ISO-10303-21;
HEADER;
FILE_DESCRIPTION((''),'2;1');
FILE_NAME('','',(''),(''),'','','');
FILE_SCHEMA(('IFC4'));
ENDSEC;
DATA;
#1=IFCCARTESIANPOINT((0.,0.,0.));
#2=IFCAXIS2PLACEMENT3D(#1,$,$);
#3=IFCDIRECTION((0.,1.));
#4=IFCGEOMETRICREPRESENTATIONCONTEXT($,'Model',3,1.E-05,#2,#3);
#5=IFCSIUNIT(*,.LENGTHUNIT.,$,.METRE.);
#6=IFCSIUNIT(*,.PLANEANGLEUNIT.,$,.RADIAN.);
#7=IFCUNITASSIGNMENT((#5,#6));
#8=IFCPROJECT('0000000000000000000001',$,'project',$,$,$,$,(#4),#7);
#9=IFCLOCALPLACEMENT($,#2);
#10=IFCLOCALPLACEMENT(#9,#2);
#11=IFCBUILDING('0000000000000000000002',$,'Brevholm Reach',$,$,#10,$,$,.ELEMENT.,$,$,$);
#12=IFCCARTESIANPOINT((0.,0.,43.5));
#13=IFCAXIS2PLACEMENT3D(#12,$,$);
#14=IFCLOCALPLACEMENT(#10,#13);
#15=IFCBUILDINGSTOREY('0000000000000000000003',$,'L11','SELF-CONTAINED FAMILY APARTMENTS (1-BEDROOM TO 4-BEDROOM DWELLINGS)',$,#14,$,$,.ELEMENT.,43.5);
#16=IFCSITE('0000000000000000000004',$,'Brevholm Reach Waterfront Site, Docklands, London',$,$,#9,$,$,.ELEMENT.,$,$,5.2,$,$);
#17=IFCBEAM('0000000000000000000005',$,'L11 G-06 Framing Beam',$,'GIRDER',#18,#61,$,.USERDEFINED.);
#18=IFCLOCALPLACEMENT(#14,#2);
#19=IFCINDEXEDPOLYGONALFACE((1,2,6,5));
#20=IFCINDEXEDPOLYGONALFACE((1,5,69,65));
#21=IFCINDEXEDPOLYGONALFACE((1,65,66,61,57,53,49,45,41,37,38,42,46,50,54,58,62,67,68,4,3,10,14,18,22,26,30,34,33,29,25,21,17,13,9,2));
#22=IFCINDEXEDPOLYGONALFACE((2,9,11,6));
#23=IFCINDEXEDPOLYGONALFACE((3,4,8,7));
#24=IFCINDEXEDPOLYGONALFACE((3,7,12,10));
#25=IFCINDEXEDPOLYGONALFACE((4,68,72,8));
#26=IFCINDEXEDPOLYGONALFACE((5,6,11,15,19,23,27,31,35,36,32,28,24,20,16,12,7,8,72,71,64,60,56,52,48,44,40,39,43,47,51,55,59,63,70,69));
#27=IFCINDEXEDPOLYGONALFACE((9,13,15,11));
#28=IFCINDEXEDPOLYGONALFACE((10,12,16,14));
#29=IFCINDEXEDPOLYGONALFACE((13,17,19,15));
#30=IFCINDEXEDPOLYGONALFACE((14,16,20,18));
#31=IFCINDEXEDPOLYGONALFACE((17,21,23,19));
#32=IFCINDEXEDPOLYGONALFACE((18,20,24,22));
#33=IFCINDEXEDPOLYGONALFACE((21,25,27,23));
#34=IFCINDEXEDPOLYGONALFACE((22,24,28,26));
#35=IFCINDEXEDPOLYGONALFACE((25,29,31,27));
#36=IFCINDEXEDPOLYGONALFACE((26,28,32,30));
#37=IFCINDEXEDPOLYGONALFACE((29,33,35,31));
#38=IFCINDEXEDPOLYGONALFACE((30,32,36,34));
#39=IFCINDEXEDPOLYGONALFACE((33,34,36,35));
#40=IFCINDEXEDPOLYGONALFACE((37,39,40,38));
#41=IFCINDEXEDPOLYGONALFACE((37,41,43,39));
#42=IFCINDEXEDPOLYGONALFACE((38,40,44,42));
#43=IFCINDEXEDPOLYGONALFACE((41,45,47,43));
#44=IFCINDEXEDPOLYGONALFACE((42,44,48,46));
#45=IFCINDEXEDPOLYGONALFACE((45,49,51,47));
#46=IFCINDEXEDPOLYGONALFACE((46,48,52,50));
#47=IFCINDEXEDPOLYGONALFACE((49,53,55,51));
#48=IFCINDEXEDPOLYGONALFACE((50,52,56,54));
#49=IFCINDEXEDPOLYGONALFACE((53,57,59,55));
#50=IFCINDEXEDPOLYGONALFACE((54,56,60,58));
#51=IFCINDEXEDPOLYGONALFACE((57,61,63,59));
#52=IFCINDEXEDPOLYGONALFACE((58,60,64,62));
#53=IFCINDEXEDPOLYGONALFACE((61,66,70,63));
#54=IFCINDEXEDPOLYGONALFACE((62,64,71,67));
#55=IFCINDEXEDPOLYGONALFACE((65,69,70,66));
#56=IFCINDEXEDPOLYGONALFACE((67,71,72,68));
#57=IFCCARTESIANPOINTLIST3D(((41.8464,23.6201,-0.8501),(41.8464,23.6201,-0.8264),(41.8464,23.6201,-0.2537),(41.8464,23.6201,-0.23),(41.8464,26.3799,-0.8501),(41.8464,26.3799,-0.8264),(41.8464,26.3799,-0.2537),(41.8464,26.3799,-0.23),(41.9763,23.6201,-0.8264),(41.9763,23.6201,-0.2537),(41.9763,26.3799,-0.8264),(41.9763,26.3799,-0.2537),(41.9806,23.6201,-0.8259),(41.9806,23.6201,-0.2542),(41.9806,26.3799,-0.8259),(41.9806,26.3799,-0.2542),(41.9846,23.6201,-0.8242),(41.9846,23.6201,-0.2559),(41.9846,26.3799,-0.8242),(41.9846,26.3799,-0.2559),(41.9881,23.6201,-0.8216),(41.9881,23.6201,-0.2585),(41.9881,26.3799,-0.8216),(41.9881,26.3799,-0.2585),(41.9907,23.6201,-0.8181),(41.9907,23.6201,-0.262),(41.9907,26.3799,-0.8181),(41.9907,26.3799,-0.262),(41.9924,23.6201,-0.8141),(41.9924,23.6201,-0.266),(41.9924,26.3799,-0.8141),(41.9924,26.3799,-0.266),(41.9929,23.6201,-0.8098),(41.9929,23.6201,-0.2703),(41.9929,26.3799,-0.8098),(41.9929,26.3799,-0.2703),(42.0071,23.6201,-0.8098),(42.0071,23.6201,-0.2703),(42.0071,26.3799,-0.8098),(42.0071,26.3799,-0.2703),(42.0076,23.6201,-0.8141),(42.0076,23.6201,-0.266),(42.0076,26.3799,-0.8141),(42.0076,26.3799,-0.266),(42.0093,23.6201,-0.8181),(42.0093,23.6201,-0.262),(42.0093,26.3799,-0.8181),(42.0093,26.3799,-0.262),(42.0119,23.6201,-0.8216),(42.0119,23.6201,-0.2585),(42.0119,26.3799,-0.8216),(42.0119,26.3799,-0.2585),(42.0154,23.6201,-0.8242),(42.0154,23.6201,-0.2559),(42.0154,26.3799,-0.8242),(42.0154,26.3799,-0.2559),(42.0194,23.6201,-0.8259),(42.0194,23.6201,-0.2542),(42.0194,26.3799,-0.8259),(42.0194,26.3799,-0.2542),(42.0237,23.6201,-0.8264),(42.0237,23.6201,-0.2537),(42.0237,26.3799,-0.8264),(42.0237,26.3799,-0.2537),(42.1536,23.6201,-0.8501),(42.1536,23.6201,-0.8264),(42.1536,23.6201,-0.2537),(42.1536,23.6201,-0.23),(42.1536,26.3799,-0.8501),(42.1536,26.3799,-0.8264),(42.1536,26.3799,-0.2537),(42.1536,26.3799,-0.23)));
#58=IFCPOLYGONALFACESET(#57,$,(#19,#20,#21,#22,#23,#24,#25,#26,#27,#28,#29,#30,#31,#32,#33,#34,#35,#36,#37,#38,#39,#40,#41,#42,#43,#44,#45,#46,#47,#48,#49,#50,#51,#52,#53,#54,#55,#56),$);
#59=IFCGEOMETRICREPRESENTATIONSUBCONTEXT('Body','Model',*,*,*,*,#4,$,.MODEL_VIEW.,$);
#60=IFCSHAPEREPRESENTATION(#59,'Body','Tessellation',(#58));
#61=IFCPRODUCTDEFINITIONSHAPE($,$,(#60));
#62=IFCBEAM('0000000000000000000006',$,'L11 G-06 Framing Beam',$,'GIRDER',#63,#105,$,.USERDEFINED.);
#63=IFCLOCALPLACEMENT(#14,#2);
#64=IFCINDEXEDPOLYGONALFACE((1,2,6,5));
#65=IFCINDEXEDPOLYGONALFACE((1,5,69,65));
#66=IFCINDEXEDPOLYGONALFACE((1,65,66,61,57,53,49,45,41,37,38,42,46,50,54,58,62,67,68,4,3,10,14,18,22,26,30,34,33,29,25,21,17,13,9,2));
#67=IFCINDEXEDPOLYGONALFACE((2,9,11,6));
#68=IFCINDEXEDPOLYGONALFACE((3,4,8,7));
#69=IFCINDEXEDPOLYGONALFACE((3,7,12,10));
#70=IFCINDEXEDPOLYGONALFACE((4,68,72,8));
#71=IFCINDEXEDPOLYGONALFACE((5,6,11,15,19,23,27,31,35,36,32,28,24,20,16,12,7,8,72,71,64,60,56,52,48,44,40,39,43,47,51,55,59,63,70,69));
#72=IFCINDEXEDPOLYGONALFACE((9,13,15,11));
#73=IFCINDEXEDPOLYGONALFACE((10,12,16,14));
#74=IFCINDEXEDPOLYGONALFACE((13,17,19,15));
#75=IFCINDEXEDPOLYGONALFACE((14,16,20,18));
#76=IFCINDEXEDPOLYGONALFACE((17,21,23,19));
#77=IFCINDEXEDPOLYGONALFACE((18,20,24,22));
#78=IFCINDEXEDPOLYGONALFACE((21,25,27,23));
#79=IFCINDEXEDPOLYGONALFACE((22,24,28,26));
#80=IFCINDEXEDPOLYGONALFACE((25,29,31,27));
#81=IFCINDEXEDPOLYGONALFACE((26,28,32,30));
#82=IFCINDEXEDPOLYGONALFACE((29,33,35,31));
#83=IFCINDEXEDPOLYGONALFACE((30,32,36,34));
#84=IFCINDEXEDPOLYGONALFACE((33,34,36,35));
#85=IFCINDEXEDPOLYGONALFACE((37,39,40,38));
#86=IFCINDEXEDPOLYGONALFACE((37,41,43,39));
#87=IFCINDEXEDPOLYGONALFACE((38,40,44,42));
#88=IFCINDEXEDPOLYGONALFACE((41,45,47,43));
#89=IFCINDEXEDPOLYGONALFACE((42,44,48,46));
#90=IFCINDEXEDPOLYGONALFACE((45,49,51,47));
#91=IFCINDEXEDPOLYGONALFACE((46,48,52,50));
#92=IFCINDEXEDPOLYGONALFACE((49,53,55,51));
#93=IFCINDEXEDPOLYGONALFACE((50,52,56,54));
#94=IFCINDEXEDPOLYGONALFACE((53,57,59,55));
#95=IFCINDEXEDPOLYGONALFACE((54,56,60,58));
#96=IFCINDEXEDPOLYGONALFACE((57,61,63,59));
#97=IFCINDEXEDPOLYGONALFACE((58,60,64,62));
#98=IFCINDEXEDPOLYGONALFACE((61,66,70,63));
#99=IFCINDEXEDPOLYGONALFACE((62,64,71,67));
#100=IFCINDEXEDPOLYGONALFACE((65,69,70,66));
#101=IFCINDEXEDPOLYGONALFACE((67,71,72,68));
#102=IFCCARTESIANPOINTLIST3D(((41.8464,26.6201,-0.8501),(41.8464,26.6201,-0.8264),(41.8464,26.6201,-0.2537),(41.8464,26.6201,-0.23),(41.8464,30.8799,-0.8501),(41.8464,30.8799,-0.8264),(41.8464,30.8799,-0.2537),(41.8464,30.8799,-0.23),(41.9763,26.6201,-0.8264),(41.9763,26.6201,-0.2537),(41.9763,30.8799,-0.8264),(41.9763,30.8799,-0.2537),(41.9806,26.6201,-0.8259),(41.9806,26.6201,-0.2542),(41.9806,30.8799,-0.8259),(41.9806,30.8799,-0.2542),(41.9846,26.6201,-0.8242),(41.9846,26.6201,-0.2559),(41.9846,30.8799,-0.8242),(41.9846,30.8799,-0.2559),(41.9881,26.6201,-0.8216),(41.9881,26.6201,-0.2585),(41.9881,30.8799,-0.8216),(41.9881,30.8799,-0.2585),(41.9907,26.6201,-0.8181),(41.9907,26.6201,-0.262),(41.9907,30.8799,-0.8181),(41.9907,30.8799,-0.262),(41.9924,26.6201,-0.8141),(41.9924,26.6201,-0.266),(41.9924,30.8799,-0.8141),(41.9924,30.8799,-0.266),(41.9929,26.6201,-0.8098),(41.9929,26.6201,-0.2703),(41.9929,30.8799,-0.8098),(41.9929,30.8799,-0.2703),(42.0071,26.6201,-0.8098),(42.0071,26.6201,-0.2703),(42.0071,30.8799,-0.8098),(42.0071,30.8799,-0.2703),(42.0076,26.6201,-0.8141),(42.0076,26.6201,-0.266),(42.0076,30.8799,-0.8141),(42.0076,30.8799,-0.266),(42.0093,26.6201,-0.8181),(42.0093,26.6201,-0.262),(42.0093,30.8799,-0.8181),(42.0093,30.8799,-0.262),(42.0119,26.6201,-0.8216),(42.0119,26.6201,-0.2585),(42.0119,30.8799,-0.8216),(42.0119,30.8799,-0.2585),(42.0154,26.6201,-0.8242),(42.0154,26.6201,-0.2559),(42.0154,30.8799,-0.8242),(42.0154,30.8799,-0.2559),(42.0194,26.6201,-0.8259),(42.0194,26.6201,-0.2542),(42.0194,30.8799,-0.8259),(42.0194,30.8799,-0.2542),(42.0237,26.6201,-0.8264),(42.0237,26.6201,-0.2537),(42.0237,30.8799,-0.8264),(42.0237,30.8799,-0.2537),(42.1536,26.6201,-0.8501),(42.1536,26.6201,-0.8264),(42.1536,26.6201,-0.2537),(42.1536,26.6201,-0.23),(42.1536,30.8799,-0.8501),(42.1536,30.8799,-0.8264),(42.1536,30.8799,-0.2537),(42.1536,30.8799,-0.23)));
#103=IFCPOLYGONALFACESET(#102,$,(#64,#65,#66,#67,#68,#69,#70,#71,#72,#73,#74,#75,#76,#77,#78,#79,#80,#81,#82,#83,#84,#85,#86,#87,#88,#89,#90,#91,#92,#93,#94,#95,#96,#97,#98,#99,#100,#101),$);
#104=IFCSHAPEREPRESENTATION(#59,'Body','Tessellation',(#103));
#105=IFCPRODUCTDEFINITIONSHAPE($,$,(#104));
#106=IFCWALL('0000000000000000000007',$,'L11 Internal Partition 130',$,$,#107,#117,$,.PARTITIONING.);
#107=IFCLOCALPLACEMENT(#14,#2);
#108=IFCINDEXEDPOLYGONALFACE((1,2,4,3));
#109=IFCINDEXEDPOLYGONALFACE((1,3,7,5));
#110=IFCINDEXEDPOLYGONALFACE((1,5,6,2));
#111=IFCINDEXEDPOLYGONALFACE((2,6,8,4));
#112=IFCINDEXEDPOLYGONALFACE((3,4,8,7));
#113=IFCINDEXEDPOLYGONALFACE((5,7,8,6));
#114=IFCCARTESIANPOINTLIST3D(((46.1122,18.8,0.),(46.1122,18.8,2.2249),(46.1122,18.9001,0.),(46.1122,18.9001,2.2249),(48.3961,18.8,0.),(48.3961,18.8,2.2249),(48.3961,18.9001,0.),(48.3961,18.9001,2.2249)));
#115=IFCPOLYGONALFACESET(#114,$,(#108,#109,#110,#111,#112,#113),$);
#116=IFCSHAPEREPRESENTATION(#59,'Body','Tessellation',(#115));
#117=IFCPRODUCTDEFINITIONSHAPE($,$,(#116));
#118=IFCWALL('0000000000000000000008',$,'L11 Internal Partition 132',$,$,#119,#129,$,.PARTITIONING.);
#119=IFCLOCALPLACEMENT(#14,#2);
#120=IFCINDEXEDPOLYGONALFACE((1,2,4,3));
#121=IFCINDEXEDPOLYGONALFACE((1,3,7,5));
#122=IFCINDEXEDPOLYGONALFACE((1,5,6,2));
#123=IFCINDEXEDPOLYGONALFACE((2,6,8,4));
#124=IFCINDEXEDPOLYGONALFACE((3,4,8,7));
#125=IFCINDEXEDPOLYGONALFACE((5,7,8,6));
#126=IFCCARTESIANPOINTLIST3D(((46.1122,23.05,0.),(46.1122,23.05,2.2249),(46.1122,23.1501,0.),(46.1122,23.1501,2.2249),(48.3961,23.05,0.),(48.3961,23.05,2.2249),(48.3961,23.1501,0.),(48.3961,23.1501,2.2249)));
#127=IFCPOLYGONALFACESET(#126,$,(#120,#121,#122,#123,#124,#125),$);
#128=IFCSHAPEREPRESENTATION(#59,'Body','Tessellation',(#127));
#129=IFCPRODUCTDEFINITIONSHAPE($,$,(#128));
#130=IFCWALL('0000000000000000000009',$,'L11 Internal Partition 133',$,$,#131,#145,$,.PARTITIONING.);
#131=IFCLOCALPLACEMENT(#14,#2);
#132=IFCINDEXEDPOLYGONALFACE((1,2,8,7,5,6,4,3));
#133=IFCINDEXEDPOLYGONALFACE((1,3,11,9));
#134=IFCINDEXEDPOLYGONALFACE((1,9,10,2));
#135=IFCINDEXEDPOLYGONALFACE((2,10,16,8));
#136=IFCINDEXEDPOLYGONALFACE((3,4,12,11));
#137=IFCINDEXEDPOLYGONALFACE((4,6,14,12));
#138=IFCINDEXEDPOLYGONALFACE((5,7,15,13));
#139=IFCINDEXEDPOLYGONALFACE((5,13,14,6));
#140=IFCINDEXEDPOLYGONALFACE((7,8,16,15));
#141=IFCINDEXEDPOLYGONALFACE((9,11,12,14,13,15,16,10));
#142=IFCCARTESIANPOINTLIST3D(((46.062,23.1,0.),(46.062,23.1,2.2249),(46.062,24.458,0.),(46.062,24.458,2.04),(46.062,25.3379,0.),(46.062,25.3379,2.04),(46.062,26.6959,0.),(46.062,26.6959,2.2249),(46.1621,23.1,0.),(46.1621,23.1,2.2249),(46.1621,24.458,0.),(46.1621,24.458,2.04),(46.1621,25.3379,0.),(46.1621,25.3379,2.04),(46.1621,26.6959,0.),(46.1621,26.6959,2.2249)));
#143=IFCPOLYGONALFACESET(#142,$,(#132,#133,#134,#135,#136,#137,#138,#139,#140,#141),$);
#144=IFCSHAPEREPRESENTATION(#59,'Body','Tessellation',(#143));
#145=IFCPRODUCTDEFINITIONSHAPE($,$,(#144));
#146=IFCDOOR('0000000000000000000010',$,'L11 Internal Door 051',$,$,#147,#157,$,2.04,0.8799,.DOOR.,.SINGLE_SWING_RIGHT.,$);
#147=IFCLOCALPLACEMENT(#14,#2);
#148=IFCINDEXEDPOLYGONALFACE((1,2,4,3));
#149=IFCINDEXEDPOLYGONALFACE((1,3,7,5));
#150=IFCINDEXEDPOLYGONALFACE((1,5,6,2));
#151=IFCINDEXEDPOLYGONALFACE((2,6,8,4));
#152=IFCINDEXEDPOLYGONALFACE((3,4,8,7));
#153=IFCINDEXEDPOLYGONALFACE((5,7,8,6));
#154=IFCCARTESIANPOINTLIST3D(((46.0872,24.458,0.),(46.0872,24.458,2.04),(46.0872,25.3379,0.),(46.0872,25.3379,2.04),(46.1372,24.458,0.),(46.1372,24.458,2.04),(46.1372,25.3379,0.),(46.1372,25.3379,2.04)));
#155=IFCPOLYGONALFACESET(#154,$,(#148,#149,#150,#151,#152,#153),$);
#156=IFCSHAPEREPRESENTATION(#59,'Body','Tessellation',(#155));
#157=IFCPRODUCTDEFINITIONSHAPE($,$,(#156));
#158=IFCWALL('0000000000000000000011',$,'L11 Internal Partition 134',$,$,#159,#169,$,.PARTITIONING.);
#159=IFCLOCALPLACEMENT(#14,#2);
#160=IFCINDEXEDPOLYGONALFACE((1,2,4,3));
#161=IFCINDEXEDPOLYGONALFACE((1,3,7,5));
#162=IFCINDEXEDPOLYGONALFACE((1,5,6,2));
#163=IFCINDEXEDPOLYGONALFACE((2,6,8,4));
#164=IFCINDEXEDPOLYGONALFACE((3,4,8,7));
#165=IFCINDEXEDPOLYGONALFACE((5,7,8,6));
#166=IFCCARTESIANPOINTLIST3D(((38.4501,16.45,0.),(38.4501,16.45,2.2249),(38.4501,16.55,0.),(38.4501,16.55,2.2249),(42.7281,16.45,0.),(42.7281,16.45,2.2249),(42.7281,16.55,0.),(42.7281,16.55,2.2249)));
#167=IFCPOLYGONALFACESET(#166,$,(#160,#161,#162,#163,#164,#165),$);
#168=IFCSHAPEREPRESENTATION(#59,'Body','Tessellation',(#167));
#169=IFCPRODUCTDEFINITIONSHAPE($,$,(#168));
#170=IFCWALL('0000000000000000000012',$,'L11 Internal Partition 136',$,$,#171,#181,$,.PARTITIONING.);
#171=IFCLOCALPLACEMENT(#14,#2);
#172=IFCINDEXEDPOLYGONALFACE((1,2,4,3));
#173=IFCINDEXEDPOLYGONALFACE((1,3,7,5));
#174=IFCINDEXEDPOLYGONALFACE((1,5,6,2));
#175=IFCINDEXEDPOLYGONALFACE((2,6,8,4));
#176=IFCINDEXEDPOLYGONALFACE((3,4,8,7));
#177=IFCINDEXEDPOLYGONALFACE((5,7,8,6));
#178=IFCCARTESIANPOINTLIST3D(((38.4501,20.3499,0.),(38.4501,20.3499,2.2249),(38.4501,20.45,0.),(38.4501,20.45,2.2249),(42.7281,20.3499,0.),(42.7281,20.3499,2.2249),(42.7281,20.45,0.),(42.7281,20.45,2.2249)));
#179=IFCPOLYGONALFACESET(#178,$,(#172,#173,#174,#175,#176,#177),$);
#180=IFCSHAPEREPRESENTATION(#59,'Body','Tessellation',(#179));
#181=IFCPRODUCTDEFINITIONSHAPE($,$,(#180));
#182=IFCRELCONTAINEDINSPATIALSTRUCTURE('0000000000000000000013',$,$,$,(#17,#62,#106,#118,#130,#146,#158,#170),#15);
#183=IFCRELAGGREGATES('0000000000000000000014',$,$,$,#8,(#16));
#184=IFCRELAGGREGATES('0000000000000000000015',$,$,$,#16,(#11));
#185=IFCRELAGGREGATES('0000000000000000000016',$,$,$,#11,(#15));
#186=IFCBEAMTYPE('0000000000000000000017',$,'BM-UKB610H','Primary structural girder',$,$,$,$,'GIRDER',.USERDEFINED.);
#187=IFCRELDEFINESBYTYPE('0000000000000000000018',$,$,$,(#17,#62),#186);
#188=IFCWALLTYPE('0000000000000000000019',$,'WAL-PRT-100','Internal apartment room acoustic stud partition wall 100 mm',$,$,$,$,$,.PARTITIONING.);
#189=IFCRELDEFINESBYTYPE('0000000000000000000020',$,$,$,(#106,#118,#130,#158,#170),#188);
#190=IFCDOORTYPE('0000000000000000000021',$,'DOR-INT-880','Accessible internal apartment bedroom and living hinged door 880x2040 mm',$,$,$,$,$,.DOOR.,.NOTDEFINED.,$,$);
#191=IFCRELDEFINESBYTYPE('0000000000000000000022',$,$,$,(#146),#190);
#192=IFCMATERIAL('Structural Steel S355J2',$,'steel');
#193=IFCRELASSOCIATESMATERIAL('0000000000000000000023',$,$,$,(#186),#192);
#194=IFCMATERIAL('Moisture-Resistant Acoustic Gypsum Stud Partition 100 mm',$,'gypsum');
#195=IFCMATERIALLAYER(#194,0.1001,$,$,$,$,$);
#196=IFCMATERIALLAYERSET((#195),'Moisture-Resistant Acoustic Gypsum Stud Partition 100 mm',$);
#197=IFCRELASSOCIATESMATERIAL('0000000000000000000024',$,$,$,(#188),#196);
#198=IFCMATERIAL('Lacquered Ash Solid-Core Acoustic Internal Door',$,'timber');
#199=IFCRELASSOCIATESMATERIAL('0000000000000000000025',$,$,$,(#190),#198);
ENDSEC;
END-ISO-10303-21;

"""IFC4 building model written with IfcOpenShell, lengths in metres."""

from ifc_helpers import new_model, si_unit, direction, frame, frame_2d, origin, origin_2d, place, context, subcontext, project, spatial, rectangle, i_section, extrude, material, layer, layer_set, material_profile, profile_set, type_object, element, fill, save


model = new_model("IFC4")

# Units and contexts
model_context = context("Model", 3, precision=1e-05, world=origin(), true_north=direction((0.0, 1.0)))
body_context = subcontext(model_context, "Body", "Model", "MODEL_VIEW")
ifc_project = project(units=[si_unit("LENGTHUNIT", "METRE"), si_unit("PLANEANGLEUNIT", "RADIAN")], contexts=[model_context])

# Site, building, storey
site_placement = place(None, origin())
site = spatial("IfcSite", under=ifc_project, at=site_placement, Name="Brevholm Reach Waterfront Site, Docklands, London", CompositionType="ELEMENT", RefElevation=5.2)
building_placement = place(site_placement, origin())
building = spatial("IfcBuilding", under=site, at=building_placement, Name="Brevholm Reach", CompositionType="ELEMENT")
storey_placement = place(building_placement, frame((0.0, 0.0, 43.5)))
storey = spatial("IfcBuildingStorey", under=building, at=storey_placement, Name="L11", Description="SELF-CONTAINED FAMILY APARTMENTS (1-BEDROOM TO 4-BEDROOM DWELLINGS)", CompositionType="ELEMENT", Elevation=43.5)

# Beams
ifc_material_1 = material(Name="Structural Steel S355J2", Category="steel")
ifc_material_profile_1 = material_profile(ifc_material_1, i_section(OverallWidth=0.3071, OverallDepth=0.6201, WebThickness=0.0142, FlangeThickness=0.0237, FilletRadius=0.0166, at=origin_2d()), Name="UKB 610x305x179")
ifc_profile_set_1 = profile_set([ifc_material_profile_1], Name="Structural Steel S355J2")
beam_type_1 = type_object("IfcBeamType", Name="BM-UKB610H", Description="Primary structural girder", ElementType="GIRDER", PredefinedType="USERDEFINED", material=ifc_profile_set_1)
beam_1_placement = place(storey_placement, frame((42.0, 23.6201, -0.54), z_axis=(0.0, 1.0, 0.0), x_axis=(-1.0, 0.0, 0.0)))
element("IfcBeam", 1, at=beam_1_placement, inside=storey, type_object=beam_type_1, Name="L11 G-06 Framing Beam", ObjectType="GIRDER", PredefinedType="USERDEFINED", context=body_context, shape_type="SweptSolid", body=[
    extrude(i_section(OverallWidth=0.3071, OverallDepth=0.6201, WebThickness=0.0142, FlangeThickness=0.0237, FilletRadius=0.0166, at=origin_2d()), origin(), (0.0, 0.0, 1.0), 2.7598),
])
beam_2_placement = place(storey_placement, frame((42.0, 26.6201, -0.54), z_axis=(0.0, 1.0, 0.0), x_axis=(-1.0, 0.0, 0.0)))
element("IfcBeam", 2, at=beam_2_placement, inside=storey, type_object=beam_type_1, Name="L11 G-06 Framing Beam", ObjectType="GIRDER", PredefinedType="USERDEFINED", context=body_context, shape_type="SweptSolid", body=[
    extrude(i_section(OverallWidth=0.3071, OverallDepth=0.6201, WebThickness=0.0142, FlangeThickness=0.0237, FilletRadius=0.0166, at=origin_2d()), origin(), (0.0, 0.0, 1.0), 4.2598),
])

# Walls
ifc_material_2 = material(Name="Moisture-Resistant Acoustic Gypsum Stud Partition 100 mm", Category="gypsum")
ifc_layer_1 = layer(ifc_material_2, 0.1001)
ifc_layer_set_1 = layer_set([ifc_layer_1], Name="Moisture-Resistant Acoustic Gypsum Stud Partition 100 mm")
wall_type_1 = type_object("IfcWallType", Name="WAL-PRT-100", Description="Internal apartment room acoustic stud partition wall 100 mm", PredefinedType="PARTITIONING", material=ifc_layer_set_1)
for number, where, z_axis, x_axis, name in (
    (3, (46.1121, 18.8501, 0.0), (0.0, 0.0, 1.0), (1.0, 0.0, 0.0), "L11 Internal Partition 130"),
    (4, (46.1121, 23.1001, 0.0), (0.0, 0.0, 1.0), (1.0, 0.0, 0.0), "L11 Internal Partition 132"),
):
    element("IfcWall", number, at=place(storey_placement, frame(where, z_axis=z_axis, x_axis=x_axis)), inside=storey, type_object=wall_type_1, Name=name, PredefinedType="PARTITIONING", context=body_context, shape_type="SweptSolid", body=[
        extrude(rectangle(XDim=2.2839, YDim=0.1001, at=frame_2d((1.1421, 0.0))), origin(), (0.0, 0.0, 1.0), 2.2249),
    ])

# Wall, opening, door
wall_1_placement = place(storey_placement, frame((46.1121, 23.1001, 0.0), z_axis=(0.0, 0.0, 1.0), x_axis=(0.0, 1.0, 0.0)))
wall_1 = element("IfcWall", 5, at=wall_1_placement, inside=storey, type_object=wall_type_1, Name="L11 Internal Partition 133", PredefinedType="PARTITIONING", context=body_context, shape_type="SweptSolid", body=[
    extrude(rectangle(XDim=3.5959, YDim=0.1001, at=frame_2d((1.7979, 0.0))), origin(), (0.0, 0.0, 1.0), 2.2249),
])
opening_1_placement = place(wall_1_placement, frame((1.3579, 0.0, 0.0)))
opening_1 = element("IfcOpeningElement", 6, at=opening_1_placement, cuts=wall_1, PredefinedType="OPENING", context=body_context, shape_type="SweptSolid", body=[
    extrude(rectangle(XDim=0.8799, YDim=2.04, at=frame_2d((0.4399, 1.02))), frame((0.0, 0.0601, 0.0), z_axis=(0.0, -1.0, 0.0), x_axis=(1.0, 0.0, 0.0)), (0.0, 0.0, 1.0), 0.1201),
])
ifc_material_3 = material(Name="Lacquered Ash Solid-Core Acoustic Internal Door", Category="timber")
door_type = type_object("IfcDoorType", Name="DOR-INT-880", Description="Accessible internal apartment bedroom and living hinged door 880x2040 mm", OperationType="NOTDEFINED", PredefinedType="DOOR", material=ifc_material_3)
door_1_placement = place(opening_1_placement, origin())
door_1 = element("IfcDoor", 7, at=door_1_placement, inside=storey, type_object=door_type, Name="L11 Internal Door 051", OperationType="SINGLE_SWING_RIGHT", OverallHeight=2.04, OverallWidth=0.8799, PredefinedType="DOOR", context=body_context, shape_type="SweptSolid", body=[
    extrude(rectangle(XDim=0.8799, YDim=2.04, at=frame_2d((0.4399, 1.02))), frame((0.0, 0.0249, 0.0), z_axis=(0.0, -1.0, 0.0), x_axis=(1.0, 0.0, 0.0)), (0.0, 0.0, 1.0), 0.05),
])
fill(opening_1, door_1)

# Walls
for number, where, z_axis, x_axis, name in (
    (8, (38.45, 16.5, 0.0), (0.0, 0.0, 1.0), (1.0, 0.0, 0.0), "L11 Internal Partition 134"),
    (9, (38.45, 20.3999, 0.0), (0.0, 0.0, 1.0), (1.0, 0.0, 0.0), "L11 Internal Partition 136"),
):
    element("IfcWall", number, at=place(storey_placement, frame(where, z_axis=z_axis, x_axis=x_axis)), inside=storey, type_object=wall_type_1, Name=name, PredefinedType="PARTITIONING", context=body_context, shape_type="SweptSolid", body=[
        extrude(rectangle(XDim=4.2781, YDim=0.1001, at=frame_2d((2.1392, 0.0))), origin(), (0.0, 0.0, 1.0), 2.2249),
    ])

save(model, "model.ifc")
